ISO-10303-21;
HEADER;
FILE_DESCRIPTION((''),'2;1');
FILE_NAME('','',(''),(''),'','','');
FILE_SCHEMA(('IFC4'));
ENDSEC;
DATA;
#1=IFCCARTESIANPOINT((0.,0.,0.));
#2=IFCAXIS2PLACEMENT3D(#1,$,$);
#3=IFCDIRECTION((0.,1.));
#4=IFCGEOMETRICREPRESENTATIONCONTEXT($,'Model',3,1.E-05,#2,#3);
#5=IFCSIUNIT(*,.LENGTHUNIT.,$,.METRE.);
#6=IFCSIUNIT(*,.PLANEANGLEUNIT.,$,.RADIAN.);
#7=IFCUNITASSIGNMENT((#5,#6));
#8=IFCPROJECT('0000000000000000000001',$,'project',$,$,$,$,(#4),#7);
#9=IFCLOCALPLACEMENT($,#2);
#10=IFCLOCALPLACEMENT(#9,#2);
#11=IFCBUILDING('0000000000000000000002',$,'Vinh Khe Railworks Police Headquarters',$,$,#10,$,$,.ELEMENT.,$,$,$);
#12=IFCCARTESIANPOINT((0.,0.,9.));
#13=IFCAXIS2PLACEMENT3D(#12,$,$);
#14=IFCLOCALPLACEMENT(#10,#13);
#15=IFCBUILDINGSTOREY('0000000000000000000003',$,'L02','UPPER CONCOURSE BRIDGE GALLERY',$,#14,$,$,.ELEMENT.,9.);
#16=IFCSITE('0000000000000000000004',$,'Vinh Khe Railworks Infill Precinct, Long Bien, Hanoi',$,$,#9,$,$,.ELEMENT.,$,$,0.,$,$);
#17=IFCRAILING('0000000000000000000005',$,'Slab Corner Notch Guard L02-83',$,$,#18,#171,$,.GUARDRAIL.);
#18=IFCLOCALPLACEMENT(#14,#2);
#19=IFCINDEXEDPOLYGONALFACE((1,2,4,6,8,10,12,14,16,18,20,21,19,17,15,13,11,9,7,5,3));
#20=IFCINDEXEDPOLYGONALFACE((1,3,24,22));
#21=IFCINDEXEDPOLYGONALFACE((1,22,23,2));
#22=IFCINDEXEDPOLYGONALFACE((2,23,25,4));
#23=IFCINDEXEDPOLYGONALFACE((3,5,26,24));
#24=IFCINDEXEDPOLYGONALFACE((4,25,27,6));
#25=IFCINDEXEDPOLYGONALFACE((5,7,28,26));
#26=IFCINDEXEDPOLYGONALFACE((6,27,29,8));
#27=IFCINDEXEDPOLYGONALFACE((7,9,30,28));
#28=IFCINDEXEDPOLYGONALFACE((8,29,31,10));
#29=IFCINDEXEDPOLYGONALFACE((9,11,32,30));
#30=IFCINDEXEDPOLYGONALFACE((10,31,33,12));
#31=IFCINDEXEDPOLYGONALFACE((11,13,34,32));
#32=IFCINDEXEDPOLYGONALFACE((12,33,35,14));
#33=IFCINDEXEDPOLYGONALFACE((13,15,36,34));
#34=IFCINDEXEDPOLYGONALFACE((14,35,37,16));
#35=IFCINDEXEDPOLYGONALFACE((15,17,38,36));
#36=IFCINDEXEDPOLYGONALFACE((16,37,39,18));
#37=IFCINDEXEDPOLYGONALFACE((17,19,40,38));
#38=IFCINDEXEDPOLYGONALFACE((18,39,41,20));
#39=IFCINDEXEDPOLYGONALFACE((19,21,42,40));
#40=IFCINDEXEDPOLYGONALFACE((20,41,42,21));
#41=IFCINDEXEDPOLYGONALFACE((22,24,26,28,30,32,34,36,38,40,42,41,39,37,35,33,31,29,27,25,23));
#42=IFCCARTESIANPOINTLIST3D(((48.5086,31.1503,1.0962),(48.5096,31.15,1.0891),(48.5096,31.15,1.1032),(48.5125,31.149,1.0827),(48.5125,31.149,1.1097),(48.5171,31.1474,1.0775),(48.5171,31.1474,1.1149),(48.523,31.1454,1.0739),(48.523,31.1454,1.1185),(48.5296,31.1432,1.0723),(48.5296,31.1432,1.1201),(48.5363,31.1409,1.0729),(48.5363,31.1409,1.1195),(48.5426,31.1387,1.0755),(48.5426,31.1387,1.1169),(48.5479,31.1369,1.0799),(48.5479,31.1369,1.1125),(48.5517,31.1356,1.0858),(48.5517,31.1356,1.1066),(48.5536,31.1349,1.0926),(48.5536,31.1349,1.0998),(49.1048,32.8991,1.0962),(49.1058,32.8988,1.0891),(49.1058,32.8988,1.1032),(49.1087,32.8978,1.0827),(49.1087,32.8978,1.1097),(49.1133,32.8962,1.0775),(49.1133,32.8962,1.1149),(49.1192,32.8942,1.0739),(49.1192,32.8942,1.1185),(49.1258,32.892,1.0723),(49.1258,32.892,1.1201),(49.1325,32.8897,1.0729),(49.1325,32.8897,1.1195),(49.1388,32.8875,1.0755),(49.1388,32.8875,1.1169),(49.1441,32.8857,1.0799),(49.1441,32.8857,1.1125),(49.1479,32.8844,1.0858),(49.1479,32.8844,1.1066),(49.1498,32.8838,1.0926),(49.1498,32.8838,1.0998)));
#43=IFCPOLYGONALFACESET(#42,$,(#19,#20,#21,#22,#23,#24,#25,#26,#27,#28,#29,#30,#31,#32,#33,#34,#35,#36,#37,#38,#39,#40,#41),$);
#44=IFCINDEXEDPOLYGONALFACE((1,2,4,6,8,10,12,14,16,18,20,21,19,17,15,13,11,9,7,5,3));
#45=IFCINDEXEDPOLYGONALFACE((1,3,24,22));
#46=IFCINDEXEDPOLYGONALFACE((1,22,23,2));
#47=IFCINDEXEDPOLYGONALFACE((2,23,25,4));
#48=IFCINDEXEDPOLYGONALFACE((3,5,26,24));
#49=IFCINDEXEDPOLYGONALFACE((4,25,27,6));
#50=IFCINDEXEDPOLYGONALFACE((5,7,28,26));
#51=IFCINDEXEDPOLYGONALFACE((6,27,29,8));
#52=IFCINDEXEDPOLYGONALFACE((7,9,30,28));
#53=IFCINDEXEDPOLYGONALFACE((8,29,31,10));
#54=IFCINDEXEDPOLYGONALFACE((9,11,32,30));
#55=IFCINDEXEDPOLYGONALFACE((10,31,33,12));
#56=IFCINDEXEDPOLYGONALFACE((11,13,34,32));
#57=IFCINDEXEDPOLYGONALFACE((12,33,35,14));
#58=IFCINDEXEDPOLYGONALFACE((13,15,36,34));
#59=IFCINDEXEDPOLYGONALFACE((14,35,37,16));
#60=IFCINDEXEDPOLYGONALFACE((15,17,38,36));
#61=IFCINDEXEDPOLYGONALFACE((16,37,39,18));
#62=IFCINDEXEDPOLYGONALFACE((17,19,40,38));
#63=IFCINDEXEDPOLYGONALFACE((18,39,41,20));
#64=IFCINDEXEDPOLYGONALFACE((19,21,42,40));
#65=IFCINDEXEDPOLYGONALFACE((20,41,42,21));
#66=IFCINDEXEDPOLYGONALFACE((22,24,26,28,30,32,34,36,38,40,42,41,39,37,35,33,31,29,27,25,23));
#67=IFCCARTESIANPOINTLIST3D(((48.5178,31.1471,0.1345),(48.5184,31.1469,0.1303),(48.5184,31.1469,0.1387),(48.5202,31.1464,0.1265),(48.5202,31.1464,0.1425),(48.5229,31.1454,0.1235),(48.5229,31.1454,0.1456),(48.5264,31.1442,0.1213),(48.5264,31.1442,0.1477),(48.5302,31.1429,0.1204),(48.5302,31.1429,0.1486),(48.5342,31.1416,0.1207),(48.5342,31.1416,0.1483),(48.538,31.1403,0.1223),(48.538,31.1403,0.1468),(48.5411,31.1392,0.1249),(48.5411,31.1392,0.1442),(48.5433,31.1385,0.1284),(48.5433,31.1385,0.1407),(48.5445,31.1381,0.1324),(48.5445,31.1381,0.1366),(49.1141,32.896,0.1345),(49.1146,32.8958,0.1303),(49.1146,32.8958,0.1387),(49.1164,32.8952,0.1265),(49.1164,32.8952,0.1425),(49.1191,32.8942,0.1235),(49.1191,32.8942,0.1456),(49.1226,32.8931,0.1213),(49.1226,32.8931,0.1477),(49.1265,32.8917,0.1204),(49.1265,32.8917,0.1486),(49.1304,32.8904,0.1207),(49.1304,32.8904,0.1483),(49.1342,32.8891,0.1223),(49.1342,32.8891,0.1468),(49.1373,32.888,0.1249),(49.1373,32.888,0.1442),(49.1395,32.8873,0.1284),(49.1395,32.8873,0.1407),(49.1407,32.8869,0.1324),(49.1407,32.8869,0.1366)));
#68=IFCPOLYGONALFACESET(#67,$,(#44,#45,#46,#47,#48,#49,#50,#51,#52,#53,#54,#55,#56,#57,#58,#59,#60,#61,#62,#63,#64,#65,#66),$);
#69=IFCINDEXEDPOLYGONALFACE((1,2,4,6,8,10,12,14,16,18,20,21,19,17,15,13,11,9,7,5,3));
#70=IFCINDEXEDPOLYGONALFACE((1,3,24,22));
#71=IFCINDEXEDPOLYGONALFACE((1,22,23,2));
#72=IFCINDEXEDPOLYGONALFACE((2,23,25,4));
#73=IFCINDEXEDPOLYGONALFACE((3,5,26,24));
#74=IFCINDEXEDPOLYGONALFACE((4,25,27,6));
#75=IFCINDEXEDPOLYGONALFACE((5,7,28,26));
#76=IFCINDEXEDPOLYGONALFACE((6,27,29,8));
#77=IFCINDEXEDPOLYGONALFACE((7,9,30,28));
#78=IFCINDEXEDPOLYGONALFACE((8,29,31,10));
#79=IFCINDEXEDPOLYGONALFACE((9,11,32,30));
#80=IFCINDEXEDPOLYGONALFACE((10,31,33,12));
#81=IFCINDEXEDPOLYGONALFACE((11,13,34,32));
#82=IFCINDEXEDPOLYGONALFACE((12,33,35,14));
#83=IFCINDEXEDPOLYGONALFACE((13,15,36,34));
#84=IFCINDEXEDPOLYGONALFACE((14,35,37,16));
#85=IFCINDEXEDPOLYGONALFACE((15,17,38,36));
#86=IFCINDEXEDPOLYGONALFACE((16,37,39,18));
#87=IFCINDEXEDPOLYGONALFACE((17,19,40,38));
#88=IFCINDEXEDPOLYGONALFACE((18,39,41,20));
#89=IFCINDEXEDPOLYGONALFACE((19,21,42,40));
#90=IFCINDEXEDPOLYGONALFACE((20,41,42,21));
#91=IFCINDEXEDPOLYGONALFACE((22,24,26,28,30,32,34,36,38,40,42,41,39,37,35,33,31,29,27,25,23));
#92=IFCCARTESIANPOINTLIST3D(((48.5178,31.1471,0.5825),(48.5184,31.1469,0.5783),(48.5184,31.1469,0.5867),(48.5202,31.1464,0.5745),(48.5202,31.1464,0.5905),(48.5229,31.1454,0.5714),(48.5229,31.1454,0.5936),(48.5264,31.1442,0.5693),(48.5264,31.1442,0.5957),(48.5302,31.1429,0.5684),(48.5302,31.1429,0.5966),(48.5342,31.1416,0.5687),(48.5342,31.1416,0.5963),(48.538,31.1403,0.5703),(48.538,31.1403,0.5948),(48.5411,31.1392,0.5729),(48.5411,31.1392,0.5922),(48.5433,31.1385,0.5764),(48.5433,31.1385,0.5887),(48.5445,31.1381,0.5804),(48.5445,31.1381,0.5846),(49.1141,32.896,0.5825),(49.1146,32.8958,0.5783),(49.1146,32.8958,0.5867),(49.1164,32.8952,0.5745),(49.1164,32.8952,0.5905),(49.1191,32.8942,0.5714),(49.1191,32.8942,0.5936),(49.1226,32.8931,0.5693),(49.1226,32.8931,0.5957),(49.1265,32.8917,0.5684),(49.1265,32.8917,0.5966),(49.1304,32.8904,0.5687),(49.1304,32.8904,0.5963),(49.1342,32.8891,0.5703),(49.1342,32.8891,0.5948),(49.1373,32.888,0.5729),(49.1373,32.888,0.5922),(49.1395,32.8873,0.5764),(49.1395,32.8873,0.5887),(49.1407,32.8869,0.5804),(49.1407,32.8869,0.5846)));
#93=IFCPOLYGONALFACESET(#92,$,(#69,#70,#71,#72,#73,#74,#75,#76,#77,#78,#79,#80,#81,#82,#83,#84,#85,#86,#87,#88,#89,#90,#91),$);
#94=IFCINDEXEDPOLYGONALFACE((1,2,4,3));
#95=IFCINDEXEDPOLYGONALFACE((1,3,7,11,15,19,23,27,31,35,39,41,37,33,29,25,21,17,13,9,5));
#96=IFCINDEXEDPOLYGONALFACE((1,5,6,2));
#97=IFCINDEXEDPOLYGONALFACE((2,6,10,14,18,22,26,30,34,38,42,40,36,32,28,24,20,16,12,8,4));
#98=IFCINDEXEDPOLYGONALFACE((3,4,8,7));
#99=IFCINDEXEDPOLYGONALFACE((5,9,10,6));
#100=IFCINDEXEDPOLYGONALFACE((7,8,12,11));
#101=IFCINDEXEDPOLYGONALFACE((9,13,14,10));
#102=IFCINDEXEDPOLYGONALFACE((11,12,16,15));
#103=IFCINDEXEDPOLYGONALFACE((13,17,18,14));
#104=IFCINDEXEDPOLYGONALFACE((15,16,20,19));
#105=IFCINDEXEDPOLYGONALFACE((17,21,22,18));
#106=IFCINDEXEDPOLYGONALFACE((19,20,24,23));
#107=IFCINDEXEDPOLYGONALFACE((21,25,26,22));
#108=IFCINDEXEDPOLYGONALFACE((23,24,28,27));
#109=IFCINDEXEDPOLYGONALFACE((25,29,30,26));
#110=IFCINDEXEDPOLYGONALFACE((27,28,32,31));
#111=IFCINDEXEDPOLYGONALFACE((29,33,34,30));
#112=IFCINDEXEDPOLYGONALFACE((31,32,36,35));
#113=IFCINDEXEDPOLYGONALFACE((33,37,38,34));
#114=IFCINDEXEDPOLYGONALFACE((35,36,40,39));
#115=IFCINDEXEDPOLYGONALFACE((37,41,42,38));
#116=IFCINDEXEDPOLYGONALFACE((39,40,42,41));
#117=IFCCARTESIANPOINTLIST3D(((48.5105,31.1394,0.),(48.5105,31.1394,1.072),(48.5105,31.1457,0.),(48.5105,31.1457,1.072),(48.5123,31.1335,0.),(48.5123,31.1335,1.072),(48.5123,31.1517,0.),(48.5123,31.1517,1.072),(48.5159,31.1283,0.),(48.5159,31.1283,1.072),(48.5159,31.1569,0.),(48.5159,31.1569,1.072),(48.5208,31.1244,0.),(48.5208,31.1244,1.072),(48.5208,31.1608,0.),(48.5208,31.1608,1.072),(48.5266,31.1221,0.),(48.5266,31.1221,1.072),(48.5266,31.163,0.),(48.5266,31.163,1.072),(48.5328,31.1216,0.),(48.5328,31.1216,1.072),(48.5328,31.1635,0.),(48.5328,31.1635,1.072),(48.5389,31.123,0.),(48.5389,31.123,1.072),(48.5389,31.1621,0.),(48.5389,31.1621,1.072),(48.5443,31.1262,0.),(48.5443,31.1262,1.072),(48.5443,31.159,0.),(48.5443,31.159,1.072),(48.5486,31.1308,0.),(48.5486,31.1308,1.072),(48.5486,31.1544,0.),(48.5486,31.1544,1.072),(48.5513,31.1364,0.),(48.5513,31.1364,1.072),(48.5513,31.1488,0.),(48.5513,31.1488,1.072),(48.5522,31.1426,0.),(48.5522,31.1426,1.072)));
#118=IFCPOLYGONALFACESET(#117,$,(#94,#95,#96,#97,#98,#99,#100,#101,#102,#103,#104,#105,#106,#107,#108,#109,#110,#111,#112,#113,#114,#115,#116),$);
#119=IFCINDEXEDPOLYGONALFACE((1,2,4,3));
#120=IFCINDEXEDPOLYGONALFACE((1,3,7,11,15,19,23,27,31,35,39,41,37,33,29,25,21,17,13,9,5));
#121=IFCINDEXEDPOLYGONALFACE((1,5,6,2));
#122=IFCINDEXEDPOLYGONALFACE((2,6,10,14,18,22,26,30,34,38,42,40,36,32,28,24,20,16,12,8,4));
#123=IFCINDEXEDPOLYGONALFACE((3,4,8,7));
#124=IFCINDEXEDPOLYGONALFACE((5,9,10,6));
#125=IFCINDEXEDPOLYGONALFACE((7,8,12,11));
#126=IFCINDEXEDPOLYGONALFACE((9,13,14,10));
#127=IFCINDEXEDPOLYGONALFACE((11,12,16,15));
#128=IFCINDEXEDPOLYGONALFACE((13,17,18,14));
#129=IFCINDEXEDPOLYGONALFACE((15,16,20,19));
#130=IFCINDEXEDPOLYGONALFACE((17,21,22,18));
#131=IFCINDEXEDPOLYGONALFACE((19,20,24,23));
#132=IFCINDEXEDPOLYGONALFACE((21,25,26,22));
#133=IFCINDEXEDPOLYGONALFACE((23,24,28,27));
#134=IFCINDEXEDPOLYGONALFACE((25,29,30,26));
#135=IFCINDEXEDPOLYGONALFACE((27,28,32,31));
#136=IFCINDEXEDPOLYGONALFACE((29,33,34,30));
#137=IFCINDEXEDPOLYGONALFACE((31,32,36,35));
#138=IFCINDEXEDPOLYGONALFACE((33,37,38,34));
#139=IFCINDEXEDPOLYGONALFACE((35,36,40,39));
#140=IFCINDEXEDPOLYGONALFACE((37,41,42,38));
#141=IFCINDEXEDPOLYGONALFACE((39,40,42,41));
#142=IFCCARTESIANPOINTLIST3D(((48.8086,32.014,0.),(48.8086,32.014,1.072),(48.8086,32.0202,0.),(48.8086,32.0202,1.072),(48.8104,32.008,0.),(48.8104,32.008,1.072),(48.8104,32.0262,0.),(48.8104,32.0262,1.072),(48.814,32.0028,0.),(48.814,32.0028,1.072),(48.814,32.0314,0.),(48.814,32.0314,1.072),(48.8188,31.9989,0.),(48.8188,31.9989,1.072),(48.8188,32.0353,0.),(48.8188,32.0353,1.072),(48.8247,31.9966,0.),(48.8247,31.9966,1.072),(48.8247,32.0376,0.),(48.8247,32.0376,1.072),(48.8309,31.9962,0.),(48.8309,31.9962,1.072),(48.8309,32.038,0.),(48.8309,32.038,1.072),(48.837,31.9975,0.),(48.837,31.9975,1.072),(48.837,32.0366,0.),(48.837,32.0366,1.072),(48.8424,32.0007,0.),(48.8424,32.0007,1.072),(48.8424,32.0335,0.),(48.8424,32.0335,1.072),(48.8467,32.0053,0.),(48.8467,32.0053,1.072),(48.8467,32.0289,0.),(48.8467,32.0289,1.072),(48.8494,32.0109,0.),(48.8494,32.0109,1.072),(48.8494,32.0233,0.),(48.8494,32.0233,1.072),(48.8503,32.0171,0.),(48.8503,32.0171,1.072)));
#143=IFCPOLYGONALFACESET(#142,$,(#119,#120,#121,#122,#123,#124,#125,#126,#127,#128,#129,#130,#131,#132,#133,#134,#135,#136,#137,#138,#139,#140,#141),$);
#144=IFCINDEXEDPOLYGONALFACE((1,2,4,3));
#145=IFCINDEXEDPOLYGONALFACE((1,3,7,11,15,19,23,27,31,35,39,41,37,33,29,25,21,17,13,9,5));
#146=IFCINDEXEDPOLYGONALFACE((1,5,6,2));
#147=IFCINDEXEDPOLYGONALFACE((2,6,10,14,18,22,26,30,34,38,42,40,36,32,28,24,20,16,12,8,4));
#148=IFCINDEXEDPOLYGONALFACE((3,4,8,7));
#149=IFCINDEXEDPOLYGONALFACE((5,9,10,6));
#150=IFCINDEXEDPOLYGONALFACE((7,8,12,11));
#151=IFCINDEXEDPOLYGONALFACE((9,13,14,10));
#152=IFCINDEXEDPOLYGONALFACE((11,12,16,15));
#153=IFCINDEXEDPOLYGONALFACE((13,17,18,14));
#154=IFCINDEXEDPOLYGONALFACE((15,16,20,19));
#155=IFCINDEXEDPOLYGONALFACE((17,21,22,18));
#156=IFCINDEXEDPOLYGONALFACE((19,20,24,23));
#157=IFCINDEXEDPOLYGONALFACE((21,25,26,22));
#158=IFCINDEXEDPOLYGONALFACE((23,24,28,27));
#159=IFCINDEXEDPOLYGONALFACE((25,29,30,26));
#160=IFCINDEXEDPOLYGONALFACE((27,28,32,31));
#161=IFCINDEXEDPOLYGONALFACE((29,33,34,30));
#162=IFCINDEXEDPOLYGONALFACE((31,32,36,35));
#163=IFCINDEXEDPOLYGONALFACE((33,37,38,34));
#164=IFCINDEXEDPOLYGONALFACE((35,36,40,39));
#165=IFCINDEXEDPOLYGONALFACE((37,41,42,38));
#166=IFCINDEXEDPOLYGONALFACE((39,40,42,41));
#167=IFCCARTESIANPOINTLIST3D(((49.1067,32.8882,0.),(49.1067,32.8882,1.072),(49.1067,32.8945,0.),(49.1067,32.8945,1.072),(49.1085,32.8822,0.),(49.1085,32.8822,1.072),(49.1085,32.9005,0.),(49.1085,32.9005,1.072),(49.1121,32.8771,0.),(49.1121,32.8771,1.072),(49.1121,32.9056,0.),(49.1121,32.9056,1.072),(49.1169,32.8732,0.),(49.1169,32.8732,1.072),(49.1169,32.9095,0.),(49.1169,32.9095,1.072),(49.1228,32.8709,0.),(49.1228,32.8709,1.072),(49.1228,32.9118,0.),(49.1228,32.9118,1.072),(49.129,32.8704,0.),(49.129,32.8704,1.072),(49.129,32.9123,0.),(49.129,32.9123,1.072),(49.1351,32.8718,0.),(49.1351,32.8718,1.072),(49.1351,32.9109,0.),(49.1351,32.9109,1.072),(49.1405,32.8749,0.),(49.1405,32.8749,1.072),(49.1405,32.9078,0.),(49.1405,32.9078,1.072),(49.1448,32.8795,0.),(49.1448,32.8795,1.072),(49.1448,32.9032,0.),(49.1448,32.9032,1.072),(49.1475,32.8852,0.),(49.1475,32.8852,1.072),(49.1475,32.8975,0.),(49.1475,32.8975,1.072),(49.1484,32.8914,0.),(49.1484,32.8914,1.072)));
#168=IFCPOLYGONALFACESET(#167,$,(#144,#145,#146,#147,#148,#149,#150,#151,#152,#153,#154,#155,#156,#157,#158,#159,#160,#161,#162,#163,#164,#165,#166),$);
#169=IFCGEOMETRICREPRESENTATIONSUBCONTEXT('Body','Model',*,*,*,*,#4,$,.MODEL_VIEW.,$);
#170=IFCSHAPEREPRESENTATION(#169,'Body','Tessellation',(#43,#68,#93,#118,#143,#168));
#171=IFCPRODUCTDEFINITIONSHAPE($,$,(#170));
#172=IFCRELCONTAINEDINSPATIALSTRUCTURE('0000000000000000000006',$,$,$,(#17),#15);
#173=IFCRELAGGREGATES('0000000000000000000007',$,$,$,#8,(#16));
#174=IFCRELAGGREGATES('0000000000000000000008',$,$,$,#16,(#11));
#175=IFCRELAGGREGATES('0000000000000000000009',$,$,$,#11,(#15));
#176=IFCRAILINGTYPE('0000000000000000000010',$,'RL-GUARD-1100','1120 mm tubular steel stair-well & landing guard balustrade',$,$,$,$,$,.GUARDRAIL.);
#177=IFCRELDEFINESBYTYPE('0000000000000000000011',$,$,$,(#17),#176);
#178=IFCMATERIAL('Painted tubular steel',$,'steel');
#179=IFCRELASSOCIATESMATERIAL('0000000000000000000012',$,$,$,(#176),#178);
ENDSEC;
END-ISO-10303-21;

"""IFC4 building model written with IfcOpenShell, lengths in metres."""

from ifc_helpers import new_model, si_unit, direction, frame, origin, origin_2d, place, context, subcontext, project, spatial, circle, extrude, material, type_object, element, save


model = new_model("IFC4")

# Units and contexts
model_context = context("Model", 3, precision=1e-05, world=origin(), true_north=direction((0.0, 1.0)))
body_context = subcontext(model_context, "Body", "Model", "MODEL_VIEW")
ifc_project = project(units=[si_unit("LENGTHUNIT", "METRE"), si_unit("PLANEANGLEUNIT", "RADIAN")], contexts=[model_context])

# Site, building, storey
site_placement = place(None, origin())
site = spatial("IfcSite", under=ifc_project, at=site_placement, Name="Vinh Khe Railworks Infill Precinct, Long Bien, Hanoi", CompositionType="ELEMENT", RefElevation=0.0)
building_placement = place(site_placement, origin())
building = spatial("IfcBuilding", under=site, at=building_placement, Name="Vinh Khe Railworks Police Headquarters", CompositionType="ELEMENT")
storey_placement = place(building_placement, frame((0.0, 0.0, 9.0)))
storey = spatial("IfcBuildingStorey", under=building, at=storey_placement, Name="L02", Description="UPPER CONCOURSE BRIDGE GALLERY", CompositionType="ELEMENT", Elevation=9.0)

# Railing
ifc_material_1 = material(Name="Painted tubular steel", Category="steel")
railing_type_1 = type_object("IfcRailingType", Name="RL-GUARD-1100", Description="1120 mm tubular steel stair-well & landing guard balustrade", PredefinedType="GUARDRAIL", material=ifc_material_1)
railing_1_placement = place(storey_placement, frame((48.5312, 31.1426, 0.0)))
element("IfcRailing", 1, at=railing_1_placement, inside=storey, type_object=railing_type_1, Name="Slab Corner Notch Guard L02-83", PredefinedType="GUARDRAIL", context=body_context, shape_type="SweptSolid", body=[
    extrude(circle(Radius=0.0239, at=origin_2d()), frame((0.0, 0.0, 1.0962), z_axis=(0.322682, 0.946507, 0.0), x_axis=(-0.946507, 0.322682, 0.0)), (0.0, 0.0, 1.0), 1.8477),
    extrude(circle(Radius=0.0142, at=origin_2d()), frame((0.0, 0.0, 0.1345), z_axis=(0.322682, 0.946507, 0.0), x_axis=(-0.946507, 0.322682, 0.0)), (0.0, 0.0, 1.0), 1.8477),
    extrude(circle(Radius=0.0142, at=origin_2d()), frame((0.0, 0.0, 0.5825), z_axis=(0.322682, 0.946507, 0.0), x_axis=(-0.946507, 0.322682, 0.0)), (0.0, 0.0, 1.0), 1.8477),
    extrude(circle(Radius=0.021, at=origin_2d()), origin(), (0.0, 0.0, 1.0), 1.072),
    extrude(circle(Radius=0.021, at=origin_2d()), frame((0.2981, 0.8745, 0.0)), (0.0, 0.0, 1.0), 1.072),
    extrude(circle(Radius=0.021, at=origin_2d()), frame((0.5962, 1.7488, 0.0)), (0.0, 0.0, 1.0), 1.072),
])

save(model, "model.ifc")
